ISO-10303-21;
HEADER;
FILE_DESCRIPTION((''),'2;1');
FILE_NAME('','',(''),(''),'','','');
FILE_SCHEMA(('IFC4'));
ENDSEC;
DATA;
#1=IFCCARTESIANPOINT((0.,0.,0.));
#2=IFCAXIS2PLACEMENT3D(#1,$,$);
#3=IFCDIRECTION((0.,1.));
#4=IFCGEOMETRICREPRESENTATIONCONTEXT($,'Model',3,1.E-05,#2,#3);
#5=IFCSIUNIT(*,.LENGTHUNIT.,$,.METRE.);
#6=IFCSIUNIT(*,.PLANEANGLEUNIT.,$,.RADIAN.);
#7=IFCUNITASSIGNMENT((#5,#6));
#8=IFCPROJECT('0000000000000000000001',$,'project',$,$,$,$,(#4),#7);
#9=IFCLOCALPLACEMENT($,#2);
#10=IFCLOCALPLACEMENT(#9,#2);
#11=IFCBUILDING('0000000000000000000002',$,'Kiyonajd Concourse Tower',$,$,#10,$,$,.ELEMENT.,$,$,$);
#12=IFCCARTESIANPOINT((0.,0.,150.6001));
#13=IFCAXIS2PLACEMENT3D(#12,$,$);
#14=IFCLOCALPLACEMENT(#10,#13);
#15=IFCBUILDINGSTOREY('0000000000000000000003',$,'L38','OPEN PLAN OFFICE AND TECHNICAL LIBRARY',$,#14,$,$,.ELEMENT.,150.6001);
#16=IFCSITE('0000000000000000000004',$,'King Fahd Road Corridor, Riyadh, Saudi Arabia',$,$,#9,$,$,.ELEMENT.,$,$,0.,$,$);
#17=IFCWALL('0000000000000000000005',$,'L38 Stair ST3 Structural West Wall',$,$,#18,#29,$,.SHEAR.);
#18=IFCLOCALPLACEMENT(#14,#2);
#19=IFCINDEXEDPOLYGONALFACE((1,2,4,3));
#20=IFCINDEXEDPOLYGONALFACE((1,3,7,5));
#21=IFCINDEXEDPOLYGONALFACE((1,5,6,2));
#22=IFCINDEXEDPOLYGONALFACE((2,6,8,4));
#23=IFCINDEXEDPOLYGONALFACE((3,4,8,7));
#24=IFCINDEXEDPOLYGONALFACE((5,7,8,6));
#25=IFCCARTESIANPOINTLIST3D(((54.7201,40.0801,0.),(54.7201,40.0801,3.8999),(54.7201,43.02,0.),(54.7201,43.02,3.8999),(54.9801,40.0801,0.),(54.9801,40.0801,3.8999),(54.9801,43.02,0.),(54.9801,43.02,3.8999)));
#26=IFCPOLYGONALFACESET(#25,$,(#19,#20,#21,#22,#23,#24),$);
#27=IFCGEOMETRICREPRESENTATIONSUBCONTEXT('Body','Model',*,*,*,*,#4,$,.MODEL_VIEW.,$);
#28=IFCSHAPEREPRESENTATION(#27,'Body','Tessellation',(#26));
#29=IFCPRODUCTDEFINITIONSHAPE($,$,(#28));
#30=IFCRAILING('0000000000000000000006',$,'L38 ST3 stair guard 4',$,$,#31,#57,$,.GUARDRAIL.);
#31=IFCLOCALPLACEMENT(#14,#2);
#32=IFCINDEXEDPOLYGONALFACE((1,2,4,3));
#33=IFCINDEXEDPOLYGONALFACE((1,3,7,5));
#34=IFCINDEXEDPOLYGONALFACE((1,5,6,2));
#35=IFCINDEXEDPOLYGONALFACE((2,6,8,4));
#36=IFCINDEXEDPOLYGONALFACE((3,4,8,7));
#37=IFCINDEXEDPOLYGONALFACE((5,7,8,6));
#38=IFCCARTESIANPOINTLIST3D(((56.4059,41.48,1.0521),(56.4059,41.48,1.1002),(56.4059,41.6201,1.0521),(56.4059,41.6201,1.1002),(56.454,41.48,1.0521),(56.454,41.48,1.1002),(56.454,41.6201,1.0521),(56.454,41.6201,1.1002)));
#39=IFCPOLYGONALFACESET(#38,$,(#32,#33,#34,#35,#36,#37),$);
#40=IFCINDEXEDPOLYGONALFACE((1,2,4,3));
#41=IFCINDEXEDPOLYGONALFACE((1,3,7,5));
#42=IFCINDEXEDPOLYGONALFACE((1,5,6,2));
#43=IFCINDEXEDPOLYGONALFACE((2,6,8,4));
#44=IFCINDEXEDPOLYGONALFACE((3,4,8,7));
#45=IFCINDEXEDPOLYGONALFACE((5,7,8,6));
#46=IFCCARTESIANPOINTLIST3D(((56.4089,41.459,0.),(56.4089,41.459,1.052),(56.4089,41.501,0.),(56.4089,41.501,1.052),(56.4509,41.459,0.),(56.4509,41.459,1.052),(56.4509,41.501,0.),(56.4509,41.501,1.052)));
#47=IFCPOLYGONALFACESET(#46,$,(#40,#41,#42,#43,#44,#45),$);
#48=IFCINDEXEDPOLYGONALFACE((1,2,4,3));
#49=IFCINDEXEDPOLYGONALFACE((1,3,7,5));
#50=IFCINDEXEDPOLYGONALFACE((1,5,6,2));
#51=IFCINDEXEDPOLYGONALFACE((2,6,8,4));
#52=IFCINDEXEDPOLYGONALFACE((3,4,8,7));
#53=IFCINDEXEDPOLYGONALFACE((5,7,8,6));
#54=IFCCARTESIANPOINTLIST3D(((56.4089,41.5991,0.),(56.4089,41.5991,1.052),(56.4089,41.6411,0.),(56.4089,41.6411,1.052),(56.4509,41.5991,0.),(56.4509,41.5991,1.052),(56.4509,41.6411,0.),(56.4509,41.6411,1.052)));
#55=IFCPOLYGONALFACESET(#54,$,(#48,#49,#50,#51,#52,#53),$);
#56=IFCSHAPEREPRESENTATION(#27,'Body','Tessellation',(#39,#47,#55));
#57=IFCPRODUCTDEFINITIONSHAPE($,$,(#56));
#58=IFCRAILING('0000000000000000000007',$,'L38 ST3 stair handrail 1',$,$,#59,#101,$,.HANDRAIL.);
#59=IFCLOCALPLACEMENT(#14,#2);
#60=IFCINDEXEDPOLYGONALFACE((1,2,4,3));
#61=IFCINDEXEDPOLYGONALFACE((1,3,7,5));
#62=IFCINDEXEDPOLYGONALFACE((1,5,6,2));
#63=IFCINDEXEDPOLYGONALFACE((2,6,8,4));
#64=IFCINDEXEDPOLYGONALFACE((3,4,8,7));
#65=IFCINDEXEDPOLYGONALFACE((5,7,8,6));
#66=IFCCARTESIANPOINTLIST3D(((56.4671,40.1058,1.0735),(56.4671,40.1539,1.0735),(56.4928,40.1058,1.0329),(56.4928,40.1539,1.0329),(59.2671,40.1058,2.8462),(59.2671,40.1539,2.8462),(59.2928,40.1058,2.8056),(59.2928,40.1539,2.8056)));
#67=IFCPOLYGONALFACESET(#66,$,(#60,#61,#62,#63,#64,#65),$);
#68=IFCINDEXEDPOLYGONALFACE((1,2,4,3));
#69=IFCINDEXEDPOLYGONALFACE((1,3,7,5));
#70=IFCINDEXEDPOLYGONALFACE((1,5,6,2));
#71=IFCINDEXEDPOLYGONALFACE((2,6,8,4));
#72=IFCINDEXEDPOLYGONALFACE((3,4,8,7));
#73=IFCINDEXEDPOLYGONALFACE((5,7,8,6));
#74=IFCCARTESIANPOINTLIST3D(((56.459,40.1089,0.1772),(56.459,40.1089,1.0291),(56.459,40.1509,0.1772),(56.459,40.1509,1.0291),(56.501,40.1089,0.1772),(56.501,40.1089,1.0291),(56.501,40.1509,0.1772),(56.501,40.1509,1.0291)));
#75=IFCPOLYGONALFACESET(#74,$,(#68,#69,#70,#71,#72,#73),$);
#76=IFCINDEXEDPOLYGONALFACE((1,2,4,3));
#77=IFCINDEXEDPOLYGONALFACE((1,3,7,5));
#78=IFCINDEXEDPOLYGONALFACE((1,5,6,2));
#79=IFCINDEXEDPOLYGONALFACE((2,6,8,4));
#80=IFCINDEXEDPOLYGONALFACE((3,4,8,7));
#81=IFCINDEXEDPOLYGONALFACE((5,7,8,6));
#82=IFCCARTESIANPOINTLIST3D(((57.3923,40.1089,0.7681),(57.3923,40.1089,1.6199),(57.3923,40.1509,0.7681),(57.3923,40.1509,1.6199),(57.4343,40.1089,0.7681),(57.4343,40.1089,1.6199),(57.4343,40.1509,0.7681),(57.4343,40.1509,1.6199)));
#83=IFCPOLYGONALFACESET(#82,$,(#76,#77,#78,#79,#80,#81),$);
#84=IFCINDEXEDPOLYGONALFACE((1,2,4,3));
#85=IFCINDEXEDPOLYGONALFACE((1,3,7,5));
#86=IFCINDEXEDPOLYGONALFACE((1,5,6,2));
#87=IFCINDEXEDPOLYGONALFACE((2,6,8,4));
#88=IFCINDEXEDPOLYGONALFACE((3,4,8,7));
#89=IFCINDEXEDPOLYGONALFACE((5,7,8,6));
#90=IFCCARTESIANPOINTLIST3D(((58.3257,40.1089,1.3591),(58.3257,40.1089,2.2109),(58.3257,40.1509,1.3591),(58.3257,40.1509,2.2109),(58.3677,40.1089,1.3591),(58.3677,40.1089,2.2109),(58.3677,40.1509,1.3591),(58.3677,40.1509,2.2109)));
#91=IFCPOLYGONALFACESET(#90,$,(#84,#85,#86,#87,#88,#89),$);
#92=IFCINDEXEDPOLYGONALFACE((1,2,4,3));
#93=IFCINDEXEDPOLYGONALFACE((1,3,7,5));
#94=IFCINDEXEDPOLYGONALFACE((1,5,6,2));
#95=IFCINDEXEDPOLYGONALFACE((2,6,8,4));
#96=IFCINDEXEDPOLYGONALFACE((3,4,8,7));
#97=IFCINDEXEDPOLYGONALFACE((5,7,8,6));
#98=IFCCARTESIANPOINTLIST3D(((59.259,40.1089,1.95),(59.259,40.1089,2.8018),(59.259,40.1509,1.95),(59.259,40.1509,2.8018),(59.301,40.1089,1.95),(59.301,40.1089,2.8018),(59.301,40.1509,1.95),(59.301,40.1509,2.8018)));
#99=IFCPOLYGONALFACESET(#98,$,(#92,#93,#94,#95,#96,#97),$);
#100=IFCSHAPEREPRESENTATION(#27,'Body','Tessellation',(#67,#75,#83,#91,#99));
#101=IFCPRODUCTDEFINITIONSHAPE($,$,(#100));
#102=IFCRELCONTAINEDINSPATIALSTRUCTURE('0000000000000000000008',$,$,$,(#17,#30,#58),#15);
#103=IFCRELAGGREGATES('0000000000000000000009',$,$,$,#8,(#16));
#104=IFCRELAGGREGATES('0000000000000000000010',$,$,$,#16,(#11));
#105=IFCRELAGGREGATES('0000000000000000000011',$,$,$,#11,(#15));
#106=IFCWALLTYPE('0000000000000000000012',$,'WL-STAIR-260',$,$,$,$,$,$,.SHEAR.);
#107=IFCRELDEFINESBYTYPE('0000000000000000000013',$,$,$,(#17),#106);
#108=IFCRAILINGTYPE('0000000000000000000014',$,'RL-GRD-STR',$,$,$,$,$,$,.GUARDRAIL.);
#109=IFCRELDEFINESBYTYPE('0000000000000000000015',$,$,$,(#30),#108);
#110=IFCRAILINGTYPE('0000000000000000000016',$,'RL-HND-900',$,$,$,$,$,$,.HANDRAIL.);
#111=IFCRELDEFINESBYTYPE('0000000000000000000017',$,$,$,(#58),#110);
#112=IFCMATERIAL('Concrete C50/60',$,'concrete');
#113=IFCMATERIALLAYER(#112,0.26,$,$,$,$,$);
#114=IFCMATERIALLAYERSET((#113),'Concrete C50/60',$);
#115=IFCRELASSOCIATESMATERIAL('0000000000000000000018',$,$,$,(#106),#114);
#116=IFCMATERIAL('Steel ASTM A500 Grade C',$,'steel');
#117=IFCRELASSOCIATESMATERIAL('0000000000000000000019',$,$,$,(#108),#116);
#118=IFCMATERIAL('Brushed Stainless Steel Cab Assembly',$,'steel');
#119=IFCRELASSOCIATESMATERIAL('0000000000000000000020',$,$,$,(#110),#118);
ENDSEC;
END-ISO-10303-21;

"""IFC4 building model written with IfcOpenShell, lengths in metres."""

from ifc_helpers import new_model, si_unit, direction, frame, frame_2d, origin, origin_2d, place, context, subcontext, project, spatial, rectangle, extrude, material, layer, layer_set, type_object, element, save


model = new_model("IFC4")

# Units and contexts
model_context = context("Model", 3, precision=1e-05, world=origin(), true_north=direction((0.0, 1.0)))
body_context = subcontext(model_context, "Body", "Model", "MODEL_VIEW")
ifc_project = project(units=[si_unit("LENGTHUNIT", "METRE"), si_unit("PLANEANGLEUNIT", "RADIAN")], contexts=[model_context])

# Site, building, storey
site_placement = place(None, origin())
site = spatial("IfcSite", under=ifc_project, at=site_placement, Name="King Fahd Road Corridor, Riyadh, Saudi Arabia", CompositionType="ELEMENT", RefElevation=0.0)
building_placement = place(site_placement, origin())
building = spatial("IfcBuilding", under=site, at=building_placement, Name="Kiyonajd Concourse Tower", CompositionType="ELEMENT")
storey_placement = place(building_placement, frame((0.0, 0.0, 150.6001)))
storey = spatial("IfcBuildingStorey", under=building, at=storey_placement, Name="L38", Description="OPEN PLAN OFFICE AND TECHNICAL LIBRARY", CompositionType="ELEMENT", Elevation=150.6001)

# Shared definitions
ifc_material_1 = material(Name="Concrete C50/60", Category="concrete")

# Shared definitions
ifc_material_2 = material(Name="Brushed Stainless Steel Cab Assembly", Category="steel")

# Shared definitions
ifc_layer_1 = layer(ifc_material_1, 0.26)
ifc_layer_set_1 = layer_set([ifc_layer_1], Name="Concrete C50/60")
wall_type_1 = type_object("IfcWallType", Name="WL-STAIR-260", PredefinedType="SHEAR", material=ifc_layer_set_1)

# Wall
wall_1_placement = place(storey_placement, frame((54.8501, 40.0801, 0.0), z_axis=(0.0, 0.0, 1.0), x_axis=(0.0, 1.0, 0.0)))
element("IfcWall", 1, at=wall_1_placement, inside=storey, type_object=wall_type_1, Name="L38 Stair ST3 Structural West Wall", PredefinedType="SHEAR", context=body_context, shape_type="SweptSolid", body=[
    extrude(rectangle(XDim=2.9399, YDim=0.26, at=frame_2d((1.47, 0.0))), origin(), (0.0, 0.0, 1.0), 3.8999),
])

# Railings
ifc_material_3 = material(Name="Steel ASTM A500 Grade C", Category="steel")
railing_type_1 = type_object("IfcRailingType", Name="RL-GRD-STR", PredefinedType="GUARDRAIL", material=ifc_material_3)
railing_1_placement = place(storey_placement, frame((56.4299, 41.48, 0.0)))
element("IfcRailing", 2, at=railing_1_placement, inside=storey, type_object=railing_type_1, Name="L38 ST3 stair guard 4", PredefinedType="GUARDRAIL", context=body_context, shape_type="SweptSolid", body=[
    extrude(rectangle(XDim=0.0481, YDim=0.0481, at=origin_2d()), frame((0.0, 0.0, 1.0762), z_axis=(0.0, 1.0, 0.0), x_axis=(-1.0, 0.0, 0.0)), (0.0, 0.0, 1.0), 0.1401),
    extrude(rectangle(XDim=0.042, YDim=0.042, at=origin_2d()), origin(), (0.0, 0.0, 1.0), 1.052),
    extrude(rectangle(XDim=0.042, YDim=0.042, at=origin_2d()), frame((0.0, 0.1401, 0.0)), (0.0, 0.0, 1.0), 1.052),
])
railing_type_2 = type_object("IfcRailingType", Name="RL-HND-900", PredefinedType="HANDRAIL", material=ifc_material_2)
railing_2_placement = place(storey_placement, frame((56.48, 40.1299, 0.1772)))
element("IfcRailing", 3, at=railing_2_placement, inside=storey, type_object=railing_type_2, Name="L38 ST3 stair handrail 1", PredefinedType="HANDRAIL", context=body_context, shape_type="SweptSolid", body=[
    extrude(rectangle(XDim=0.0481, YDim=0.0481, at=origin_2d()), frame((0.0, 0.0, 0.876), z_axis=(0.844909, 0.0, 0.53491), x_axis=(0.0, 1.0, 0.0)), (0.0, 0.0, 1.0), 3.314),
    extrude(rectangle(XDim=0.042, YDim=0.042, at=origin_2d()), origin(), (0.0, 0.0, 1.0), 0.8518),
    extrude(rectangle(XDim=0.042, YDim=0.042, at=origin_2d()), frame((0.9333, 0.0, 0.5908)), (0.0, 0.0, 1.0), 0.8518),
    extrude(rectangle(XDim=0.042, YDim=0.042, at=origin_2d()), frame((1.8667, 0.0, 1.1819)), (0.0, 0.0, 1.0), 0.8518),
    extrude(rectangle(XDim=0.042, YDim=0.042, at=origin_2d()), frame((2.8, 0.0, 1.7727)), (0.0, 0.0, 1.0), 0.8518),
])

save(model, "model.ifc")
